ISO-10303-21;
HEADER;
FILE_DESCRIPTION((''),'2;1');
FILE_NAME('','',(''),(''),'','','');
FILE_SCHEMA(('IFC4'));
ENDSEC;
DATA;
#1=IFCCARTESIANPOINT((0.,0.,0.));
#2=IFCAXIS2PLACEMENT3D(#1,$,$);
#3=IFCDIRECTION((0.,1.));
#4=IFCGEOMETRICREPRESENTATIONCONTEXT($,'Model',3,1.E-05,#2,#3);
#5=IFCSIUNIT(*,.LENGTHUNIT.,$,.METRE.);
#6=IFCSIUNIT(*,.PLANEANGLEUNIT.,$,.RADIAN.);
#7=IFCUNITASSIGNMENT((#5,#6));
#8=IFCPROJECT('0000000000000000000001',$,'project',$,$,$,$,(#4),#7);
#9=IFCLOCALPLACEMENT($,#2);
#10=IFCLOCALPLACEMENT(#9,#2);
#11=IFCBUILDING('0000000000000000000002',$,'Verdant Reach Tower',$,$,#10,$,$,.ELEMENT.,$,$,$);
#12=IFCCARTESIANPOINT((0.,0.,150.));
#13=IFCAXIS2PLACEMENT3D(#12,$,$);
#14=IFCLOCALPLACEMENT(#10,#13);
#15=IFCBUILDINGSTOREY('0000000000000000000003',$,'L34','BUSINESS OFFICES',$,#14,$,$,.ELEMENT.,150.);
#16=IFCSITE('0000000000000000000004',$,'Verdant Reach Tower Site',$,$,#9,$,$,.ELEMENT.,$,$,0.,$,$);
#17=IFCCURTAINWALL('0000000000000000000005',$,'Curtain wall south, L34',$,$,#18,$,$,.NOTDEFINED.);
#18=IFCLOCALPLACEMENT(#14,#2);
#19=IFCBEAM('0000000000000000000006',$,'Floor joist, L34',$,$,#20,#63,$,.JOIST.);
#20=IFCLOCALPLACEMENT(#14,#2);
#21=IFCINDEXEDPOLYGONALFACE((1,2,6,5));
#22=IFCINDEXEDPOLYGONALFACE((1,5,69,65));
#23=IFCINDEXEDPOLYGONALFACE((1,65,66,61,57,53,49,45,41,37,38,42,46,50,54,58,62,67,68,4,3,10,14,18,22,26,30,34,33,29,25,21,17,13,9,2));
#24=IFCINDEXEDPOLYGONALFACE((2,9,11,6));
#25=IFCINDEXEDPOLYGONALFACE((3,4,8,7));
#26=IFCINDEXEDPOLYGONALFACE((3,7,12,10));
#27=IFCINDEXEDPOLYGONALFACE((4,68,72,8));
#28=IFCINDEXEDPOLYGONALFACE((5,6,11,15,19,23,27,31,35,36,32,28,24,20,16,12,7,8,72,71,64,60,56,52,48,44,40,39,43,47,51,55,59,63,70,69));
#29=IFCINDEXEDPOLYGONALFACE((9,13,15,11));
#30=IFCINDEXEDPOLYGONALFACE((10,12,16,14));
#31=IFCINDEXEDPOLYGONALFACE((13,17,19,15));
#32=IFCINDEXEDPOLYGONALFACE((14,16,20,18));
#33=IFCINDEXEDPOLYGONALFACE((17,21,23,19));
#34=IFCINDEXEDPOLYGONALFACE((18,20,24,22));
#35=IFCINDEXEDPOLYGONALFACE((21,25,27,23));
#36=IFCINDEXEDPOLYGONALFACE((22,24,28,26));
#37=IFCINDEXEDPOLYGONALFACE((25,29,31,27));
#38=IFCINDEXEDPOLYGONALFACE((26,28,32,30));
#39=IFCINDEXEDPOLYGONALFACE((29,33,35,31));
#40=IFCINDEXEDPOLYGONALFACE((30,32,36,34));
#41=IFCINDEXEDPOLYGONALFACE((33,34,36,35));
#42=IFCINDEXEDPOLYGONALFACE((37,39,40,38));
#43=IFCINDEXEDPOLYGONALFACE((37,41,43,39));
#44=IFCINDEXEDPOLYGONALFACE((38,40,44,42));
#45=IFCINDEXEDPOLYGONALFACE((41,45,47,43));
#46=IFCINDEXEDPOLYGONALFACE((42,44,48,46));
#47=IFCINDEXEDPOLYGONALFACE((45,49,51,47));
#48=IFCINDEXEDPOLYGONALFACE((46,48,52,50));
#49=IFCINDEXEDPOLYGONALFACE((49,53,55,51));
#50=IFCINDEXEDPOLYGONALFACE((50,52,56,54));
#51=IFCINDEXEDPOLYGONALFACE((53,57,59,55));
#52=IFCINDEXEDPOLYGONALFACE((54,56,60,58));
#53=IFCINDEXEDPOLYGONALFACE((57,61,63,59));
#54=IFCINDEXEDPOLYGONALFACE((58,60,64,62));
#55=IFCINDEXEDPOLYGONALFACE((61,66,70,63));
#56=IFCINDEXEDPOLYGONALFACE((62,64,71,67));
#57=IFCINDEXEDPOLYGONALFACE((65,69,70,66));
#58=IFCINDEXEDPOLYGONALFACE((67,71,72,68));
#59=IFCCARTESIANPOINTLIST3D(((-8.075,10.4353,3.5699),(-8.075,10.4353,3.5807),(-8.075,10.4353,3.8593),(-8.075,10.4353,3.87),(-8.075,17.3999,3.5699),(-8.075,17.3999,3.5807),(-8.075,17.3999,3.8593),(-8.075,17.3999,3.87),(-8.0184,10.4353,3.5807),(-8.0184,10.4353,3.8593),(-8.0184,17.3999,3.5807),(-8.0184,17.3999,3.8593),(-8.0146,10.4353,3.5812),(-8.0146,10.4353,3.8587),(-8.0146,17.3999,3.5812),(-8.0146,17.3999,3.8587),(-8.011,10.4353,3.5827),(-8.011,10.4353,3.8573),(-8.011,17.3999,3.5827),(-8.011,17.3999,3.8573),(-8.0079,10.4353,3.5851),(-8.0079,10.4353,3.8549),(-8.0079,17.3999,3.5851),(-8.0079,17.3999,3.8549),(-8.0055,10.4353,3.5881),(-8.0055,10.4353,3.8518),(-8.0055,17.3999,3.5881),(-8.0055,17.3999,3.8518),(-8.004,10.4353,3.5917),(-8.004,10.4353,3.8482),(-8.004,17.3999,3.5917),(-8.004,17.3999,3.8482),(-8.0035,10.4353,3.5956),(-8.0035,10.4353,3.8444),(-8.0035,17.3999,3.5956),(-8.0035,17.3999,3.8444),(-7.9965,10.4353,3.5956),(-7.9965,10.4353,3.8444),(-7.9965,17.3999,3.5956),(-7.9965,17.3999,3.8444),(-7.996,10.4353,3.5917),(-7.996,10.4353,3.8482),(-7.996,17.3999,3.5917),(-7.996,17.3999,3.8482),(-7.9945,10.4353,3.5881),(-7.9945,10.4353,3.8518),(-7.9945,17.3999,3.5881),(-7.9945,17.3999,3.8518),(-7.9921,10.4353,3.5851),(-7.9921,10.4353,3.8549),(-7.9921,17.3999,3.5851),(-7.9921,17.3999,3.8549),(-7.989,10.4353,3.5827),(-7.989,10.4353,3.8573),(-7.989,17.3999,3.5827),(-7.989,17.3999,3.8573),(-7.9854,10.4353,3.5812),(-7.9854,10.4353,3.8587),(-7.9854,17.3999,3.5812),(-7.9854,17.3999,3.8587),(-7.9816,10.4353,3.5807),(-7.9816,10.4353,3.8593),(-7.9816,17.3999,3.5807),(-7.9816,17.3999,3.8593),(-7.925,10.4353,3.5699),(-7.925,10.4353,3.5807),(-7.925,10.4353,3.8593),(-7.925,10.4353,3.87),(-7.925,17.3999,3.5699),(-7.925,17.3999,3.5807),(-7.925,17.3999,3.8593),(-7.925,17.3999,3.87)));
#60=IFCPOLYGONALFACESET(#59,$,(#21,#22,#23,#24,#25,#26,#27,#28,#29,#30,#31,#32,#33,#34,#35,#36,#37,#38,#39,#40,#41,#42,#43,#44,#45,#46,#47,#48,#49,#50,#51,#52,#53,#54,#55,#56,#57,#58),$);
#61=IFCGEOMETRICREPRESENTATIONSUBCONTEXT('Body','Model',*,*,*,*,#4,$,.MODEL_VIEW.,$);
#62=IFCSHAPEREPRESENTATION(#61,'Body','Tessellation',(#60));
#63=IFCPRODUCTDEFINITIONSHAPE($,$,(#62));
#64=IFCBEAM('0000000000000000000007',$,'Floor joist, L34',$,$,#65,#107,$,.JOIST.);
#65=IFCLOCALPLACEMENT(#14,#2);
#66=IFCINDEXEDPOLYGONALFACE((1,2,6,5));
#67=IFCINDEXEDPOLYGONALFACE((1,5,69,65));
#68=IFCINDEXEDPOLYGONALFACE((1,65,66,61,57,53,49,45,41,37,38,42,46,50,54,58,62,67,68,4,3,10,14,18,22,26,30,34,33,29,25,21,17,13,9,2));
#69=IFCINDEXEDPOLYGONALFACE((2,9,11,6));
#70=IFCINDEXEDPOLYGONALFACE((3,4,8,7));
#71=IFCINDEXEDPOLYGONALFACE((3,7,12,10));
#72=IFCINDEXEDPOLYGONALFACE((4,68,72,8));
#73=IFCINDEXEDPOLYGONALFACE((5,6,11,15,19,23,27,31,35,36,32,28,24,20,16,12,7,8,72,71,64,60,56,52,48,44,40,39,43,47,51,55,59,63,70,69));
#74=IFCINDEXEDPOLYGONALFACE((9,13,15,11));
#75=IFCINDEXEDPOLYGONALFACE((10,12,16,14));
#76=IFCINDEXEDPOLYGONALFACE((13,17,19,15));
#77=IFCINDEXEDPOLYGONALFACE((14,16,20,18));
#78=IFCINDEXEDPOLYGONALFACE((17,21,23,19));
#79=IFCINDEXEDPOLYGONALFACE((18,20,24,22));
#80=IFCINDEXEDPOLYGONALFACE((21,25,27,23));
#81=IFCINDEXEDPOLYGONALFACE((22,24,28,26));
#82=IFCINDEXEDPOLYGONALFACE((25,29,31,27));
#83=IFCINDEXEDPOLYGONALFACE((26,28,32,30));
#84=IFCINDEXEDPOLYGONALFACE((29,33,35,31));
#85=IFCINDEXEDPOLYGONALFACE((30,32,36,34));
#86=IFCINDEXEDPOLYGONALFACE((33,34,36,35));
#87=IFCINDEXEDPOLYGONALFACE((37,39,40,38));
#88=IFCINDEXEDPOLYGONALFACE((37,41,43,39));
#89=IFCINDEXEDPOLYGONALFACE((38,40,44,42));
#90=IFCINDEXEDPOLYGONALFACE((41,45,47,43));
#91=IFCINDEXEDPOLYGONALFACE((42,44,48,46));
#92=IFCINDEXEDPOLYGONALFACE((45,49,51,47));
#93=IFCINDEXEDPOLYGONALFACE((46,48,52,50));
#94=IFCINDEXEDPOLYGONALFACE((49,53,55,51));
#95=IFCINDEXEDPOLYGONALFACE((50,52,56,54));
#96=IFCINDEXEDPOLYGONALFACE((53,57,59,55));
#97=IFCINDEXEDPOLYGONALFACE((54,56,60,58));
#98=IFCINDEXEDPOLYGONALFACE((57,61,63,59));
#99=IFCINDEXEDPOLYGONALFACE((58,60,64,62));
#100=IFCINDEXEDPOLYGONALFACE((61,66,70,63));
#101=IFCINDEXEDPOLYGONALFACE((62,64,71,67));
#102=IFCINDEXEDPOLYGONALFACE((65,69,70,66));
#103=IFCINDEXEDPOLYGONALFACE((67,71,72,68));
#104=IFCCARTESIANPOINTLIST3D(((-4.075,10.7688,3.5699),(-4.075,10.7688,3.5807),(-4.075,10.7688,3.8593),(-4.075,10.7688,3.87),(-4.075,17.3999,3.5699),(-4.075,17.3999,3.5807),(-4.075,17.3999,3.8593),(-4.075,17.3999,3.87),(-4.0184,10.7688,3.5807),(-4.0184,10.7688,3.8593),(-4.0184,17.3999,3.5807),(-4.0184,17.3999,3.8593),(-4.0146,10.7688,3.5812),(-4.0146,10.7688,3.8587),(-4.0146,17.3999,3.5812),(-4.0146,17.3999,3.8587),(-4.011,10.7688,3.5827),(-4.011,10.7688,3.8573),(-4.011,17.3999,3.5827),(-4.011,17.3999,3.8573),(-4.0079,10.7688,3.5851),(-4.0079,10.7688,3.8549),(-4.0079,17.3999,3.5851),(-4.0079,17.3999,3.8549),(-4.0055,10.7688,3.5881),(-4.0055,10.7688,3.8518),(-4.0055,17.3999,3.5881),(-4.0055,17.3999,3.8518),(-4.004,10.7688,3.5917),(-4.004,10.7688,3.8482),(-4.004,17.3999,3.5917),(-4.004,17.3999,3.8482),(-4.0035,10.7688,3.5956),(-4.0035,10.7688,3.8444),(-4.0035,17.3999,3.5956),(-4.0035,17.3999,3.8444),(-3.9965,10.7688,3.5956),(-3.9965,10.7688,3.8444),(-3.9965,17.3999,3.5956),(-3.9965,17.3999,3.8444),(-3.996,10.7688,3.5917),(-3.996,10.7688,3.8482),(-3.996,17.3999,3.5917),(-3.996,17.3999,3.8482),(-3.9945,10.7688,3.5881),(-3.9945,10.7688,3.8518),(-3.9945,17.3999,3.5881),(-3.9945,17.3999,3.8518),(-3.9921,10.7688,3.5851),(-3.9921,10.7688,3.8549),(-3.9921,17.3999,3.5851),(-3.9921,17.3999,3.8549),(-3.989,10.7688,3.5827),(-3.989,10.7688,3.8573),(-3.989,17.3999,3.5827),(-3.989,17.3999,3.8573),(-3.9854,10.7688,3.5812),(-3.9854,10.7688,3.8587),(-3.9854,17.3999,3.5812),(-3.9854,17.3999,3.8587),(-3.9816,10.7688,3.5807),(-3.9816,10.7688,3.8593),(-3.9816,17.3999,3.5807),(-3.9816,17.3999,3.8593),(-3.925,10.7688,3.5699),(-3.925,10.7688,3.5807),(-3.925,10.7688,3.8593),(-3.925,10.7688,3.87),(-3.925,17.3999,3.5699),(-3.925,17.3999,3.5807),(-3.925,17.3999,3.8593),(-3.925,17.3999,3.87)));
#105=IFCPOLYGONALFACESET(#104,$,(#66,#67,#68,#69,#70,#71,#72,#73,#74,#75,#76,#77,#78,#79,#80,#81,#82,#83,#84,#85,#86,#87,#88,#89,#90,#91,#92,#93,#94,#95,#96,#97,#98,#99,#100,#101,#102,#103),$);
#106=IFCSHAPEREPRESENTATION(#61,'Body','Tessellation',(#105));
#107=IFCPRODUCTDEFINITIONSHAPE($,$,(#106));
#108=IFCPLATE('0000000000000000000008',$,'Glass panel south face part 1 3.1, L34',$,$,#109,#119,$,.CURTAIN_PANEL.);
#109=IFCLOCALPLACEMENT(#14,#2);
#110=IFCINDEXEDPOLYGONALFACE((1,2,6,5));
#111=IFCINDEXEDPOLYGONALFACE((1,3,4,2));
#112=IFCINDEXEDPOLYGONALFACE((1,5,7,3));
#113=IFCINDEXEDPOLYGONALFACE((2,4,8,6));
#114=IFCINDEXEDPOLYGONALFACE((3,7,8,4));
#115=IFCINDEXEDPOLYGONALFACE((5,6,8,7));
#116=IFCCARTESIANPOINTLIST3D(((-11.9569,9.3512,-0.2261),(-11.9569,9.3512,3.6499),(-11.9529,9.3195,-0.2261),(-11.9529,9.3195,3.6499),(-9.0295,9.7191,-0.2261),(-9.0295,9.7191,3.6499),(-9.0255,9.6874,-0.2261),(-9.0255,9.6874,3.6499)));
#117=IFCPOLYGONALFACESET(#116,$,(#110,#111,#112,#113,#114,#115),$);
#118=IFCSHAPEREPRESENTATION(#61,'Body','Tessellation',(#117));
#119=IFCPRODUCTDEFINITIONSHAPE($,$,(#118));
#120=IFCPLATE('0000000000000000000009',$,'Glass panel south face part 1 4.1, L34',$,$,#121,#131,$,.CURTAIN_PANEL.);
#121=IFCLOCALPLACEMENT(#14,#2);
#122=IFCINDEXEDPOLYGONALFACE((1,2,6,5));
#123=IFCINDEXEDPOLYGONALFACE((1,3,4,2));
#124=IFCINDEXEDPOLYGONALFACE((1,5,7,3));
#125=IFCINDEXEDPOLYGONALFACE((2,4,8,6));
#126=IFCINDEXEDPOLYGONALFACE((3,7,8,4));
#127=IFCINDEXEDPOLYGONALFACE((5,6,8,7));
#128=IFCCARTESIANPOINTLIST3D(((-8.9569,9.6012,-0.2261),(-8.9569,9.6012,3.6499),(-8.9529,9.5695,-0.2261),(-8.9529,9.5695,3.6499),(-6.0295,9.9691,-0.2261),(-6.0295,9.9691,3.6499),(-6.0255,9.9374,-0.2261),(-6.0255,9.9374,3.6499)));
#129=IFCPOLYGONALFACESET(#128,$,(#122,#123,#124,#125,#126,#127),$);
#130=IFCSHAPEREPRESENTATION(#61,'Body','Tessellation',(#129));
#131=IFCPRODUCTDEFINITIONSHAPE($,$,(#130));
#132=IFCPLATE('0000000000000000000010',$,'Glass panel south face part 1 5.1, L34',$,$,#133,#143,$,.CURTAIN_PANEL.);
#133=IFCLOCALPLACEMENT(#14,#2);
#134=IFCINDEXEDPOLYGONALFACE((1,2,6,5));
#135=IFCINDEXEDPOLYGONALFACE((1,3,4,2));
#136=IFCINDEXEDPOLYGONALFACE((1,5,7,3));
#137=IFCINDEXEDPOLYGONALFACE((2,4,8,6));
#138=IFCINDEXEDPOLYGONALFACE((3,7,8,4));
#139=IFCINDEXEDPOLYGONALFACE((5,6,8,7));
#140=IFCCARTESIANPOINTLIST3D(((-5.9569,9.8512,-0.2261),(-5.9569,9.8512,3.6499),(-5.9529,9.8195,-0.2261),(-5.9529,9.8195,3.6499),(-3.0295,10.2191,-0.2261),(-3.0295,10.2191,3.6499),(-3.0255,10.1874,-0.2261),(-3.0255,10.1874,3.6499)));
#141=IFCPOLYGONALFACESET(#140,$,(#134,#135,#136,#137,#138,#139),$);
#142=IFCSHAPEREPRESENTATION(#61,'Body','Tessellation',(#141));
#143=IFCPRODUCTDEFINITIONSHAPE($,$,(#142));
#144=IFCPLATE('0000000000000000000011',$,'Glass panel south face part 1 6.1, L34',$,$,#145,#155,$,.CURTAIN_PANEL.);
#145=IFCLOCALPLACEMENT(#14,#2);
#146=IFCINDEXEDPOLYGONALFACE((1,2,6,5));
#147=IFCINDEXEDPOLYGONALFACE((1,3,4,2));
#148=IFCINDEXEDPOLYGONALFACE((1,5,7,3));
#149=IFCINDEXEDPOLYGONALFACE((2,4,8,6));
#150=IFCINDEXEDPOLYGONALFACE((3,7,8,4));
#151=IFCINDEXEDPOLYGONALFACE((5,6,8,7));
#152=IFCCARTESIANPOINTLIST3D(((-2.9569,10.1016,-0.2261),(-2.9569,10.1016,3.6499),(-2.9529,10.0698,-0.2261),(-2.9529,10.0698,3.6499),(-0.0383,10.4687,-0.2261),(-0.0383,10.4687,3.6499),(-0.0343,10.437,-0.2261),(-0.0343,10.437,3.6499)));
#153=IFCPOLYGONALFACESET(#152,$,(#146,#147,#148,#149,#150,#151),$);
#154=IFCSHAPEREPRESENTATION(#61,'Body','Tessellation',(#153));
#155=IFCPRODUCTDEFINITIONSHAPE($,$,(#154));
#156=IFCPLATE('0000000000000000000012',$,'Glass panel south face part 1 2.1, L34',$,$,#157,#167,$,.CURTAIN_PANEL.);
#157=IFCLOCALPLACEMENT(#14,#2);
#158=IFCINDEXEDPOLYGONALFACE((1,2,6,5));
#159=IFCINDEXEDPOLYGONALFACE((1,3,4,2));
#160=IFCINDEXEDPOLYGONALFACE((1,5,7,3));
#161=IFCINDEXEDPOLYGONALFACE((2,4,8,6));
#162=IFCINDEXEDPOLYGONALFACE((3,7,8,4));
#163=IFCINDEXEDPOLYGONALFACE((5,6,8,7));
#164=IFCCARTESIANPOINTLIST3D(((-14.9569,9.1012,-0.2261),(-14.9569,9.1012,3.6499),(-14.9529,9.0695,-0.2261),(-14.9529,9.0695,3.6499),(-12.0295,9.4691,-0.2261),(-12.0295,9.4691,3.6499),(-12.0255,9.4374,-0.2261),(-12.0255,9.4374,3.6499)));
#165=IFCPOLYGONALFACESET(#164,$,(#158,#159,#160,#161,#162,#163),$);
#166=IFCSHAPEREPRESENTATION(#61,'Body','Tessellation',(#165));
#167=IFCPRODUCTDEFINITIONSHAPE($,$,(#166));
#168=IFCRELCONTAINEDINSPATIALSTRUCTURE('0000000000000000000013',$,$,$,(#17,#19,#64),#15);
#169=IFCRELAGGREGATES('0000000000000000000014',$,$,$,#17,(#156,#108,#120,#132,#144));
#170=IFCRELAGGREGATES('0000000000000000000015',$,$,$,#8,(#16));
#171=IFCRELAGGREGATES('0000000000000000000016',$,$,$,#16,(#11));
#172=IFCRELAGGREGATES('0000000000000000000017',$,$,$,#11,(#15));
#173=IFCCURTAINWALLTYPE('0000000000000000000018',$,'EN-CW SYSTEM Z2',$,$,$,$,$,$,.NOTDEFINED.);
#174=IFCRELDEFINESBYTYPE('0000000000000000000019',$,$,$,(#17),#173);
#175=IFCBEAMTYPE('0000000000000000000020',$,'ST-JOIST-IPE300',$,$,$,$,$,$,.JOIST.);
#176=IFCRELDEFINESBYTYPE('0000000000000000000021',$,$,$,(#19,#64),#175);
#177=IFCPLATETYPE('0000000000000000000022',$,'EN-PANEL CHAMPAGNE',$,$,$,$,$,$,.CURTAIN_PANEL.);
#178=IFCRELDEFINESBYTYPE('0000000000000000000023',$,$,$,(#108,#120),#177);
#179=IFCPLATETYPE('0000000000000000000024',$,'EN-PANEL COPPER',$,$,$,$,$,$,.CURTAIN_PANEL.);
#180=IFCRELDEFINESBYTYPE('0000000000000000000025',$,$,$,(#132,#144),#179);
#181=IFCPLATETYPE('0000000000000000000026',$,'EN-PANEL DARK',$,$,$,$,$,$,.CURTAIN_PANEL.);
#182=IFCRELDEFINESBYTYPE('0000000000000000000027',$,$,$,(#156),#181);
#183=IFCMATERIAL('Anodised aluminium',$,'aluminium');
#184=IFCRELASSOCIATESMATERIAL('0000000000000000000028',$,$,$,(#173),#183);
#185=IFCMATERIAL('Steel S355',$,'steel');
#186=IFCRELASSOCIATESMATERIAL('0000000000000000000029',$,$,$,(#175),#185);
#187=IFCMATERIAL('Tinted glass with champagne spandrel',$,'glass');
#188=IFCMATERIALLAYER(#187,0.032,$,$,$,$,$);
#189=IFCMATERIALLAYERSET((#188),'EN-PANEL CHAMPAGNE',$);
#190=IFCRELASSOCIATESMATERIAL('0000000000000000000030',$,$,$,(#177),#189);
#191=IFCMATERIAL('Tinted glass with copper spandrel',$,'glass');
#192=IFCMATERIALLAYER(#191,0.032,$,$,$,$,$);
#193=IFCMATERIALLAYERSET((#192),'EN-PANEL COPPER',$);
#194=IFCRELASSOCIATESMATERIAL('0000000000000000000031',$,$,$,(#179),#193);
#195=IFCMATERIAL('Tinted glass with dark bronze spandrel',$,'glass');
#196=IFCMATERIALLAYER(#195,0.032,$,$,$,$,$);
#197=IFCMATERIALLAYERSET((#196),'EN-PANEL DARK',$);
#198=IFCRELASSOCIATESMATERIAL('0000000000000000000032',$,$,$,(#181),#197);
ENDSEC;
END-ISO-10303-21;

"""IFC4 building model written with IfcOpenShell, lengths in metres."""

from ifc_helpers import new_model, si_unit, direction, frame, origin, origin_2d, place, context, subcontext, project, spatial, rectangle, i_section, extrude, material, layer, layer_set, material_profile, profile_set, type_object, element, aggregate, save


model = new_model("IFC4")

# Units and contexts
model_context = context("Model", 3, precision=1e-05, world=origin(), true_north=direction((0.0, 1.0)))
body_context = subcontext(model_context, "Body", "Model", "MODEL_VIEW")
ifc_project = project(units=[si_unit("LENGTHUNIT", "METRE"), si_unit("PLANEANGLEUNIT", "RADIAN")], contexts=[model_context])

# Site, building, storey
site_placement = place(None, origin())
site = spatial("IfcSite", under=ifc_project, at=site_placement, Name="Verdant Reach Tower Site", CompositionType="ELEMENT", RefElevation=0.0)
building_placement = place(site_placement, origin())
building = spatial("IfcBuilding", under=site, at=building_placement, Name="Verdant Reach Tower", CompositionType="ELEMENT")
storey_placement = place(building_placement, frame((0.0, 0.0, 150.0)))
storey = spatial("IfcBuildingStorey", under=building, at=storey_placement, Name="L34", Description="BUSINESS OFFICES", CompositionType="ELEMENT", Elevation=150.0)

# Curtain wall
ifc_material_1 = material(Name="Anodised aluminium", Category="aluminium")
curtain_wall_type = type_object("IfcCurtainWallType", Name="EN-CW SYSTEM Z2", PredefinedType="NOTDEFINED", material=ifc_material_1)
curtain_wall_placement = place(storey_placement, origin())
curtain_wall = element("IfcCurtainWall", 1, at=curtain_wall_placement, inside=storey, type_object=curtain_wall_type, Name="Curtain wall south, L34", PredefinedType="NOTDEFINED")

# Beams
ifc_material_2 = material(Name="Steel S355", Category="steel")
ifc_material_profile_1 = material_profile(ifc_material_2, i_section(OverallWidth=0.1499, OverallDepth=0.3, WebThickness=0.0071, FlangeThickness=0.0107, FilletRadius=0.0149, at=origin_2d()), Name="IPE 300")
ifc_profile_set_1 = profile_set([ifc_material_profile_1], Name="Steel S355")
beam_type_1 = type_object("IfcBeamType", Name="ST-JOIST-IPE300", PredefinedType="JOIST", material=ifc_profile_set_1)
beam_1_placement = place(storey_placement, frame((-8.0, 17.3999, 3.72), z_axis=(0.0, -1.0, 0.0), x_axis=(1.0, 0.0, 0.0)))
element("IfcBeam", 2, at=beam_1_placement, inside=storey, type_object=beam_type_1, Name="Floor joist, L34", PredefinedType="JOIST", context=body_context, shape_type="SweptSolid", body=[
    extrude(i_section(OverallWidth=0.1499, OverallDepth=0.3, WebThickness=0.0071, FlangeThickness=0.0107, FilletRadius=0.0149, at=origin_2d()), origin(), (0.0, 0.0, 1.0), 6.9646),
])
beam_2_placement = place(storey_placement, frame((-4.0, 17.3999, 3.72), z_axis=(0.0, -1.0, 0.0), x_axis=(1.0, 0.0, 0.0)))
element("IfcBeam", 3, at=beam_2_placement, inside=storey, type_object=beam_type_1, Name="Floor joist, L34", PredefinedType="JOIST", context=body_context, shape_type="SweptSolid", body=[
    extrude(i_section(OverallWidth=0.1499, OverallDepth=0.3, WebThickness=0.0071, FlangeThickness=0.0107, FilletRadius=0.0149, at=origin_2d()), origin(), (0.0, 0.0, 1.0), 6.6311),
])

# Plates
ifc_material_3 = material(Name="Tinted glass with champagne spandrel", Category="glass")
ifc_layer_1 = layer(ifc_material_3, 0.032)
ifc_layer_set_1 = layer_set([ifc_layer_1], Name="EN-PANEL CHAMPAGNE")
plate_type_1 = type_object("IfcPlateType", Name="EN-PANEL CHAMPAGNE", PredefinedType="CURTAIN_PANEL", material=ifc_layer_set_1)
plate_1_placement = place(storey_placement, frame((-10.4912, 9.5193, -0.2261), z_axis=(0.0, 0.0, 1.0), x_axis=(0.992194, 0.124704, 0.0)))
plate_1 = element("IfcPlate", 4, at=plate_1_placement, type_object=plate_type_1, Name="Glass panel south face part 1 3.1, L34", PredefinedType="CURTAIN_PANEL", context=body_context, shape_type="SweptSolid", body=[
    extrude(rectangle(XDim=2.9504, YDim=0.032, at=origin_2d()), origin(), (0.0, 0.0, 1.0), 3.876),
])
plate_2_placement = place(storey_placement, frame((-7.4912, 9.7693, -0.2261), z_axis=(0.0, 0.0, 1.0), x_axis=(0.992194, 0.124704, 0.0)))
plate_2 = element("IfcPlate", 5, at=plate_2_placement, type_object=plate_type_1, Name="Glass panel south face part 1 4.1, L34", PredefinedType="CURTAIN_PANEL", context=body_context, shape_type="SweptSolid", body=[
    extrude(rectangle(XDim=2.9504, YDim=0.032, at=origin_2d()), origin(), (0.0, 0.0, 1.0), 3.876),
])
ifc_material_4 = material(Name="Tinted glass with copper spandrel", Category="glass")
ifc_layer_2 = layer(ifc_material_4, 0.032)
ifc_layer_set_2 = layer_set([ifc_layer_2], Name="EN-PANEL COPPER")
plate_type_2 = type_object("IfcPlateType", Name="EN-PANEL COPPER", PredefinedType="CURTAIN_PANEL", material=ifc_layer_set_2)
plate_3_placement = place(storey_placement, frame((-4.4912, 10.0193, -0.2261), z_axis=(0.0, 0.0, 1.0), x_axis=(0.992194, 0.124704, 0.0)))
plate_3 = element("IfcPlate", 6, at=plate_3_placement, type_object=plate_type_2, Name="Glass panel south face part 1 5.1, L34", PredefinedType="CURTAIN_PANEL", context=body_context, shape_type="SweptSolid", body=[
    extrude(rectangle(XDim=2.9504, YDim=0.032, at=origin_2d()), origin(), (0.0, 0.0, 1.0), 3.876),
])
plate_4_placement = place(storey_placement, frame((-1.4956, 10.2693, -0.2261), z_axis=(0.0, 0.0, 1.0), x_axis=(0.992179, 0.124825, 0.0)))
plate_4 = element("IfcPlate", 7, at=plate_4_placement, type_object=plate_type_2, Name="Glass panel south face part 1 6.1, L34", PredefinedType="CURTAIN_PANEL", context=body_context, shape_type="SweptSolid", body=[
    extrude(rectangle(XDim=2.9417, YDim=0.032, at=origin_2d()), origin(), (0.0, 0.0, 1.0), 3.876),
])
ifc_material_5 = material(Name="Tinted glass with dark bronze spandrel", Category="glass")
ifc_layer_3 = layer(ifc_material_5, 0.032)
ifc_layer_set_3 = layer_set([ifc_layer_3], Name="EN-PANEL DARK")
plate_type_3 = type_object("IfcPlateType", Name="EN-PANEL DARK", PredefinedType="CURTAIN_PANEL", material=ifc_layer_set_3)
plate_5_placement = place(storey_placement, frame((-13.4912, 9.2693, -0.2261), z_axis=(0.0, 0.0, 1.0), x_axis=(0.992194, 0.124704, 0.0)))
plate_5 = element("IfcPlate", 8, at=plate_5_placement, type_object=plate_type_3, Name="Glass panel south face part 1 2.1, L34", PredefinedType="CURTAIN_PANEL", context=body_context, shape_type="SweptSolid", body=[
    extrude(rectangle(XDim=2.9504, YDim=0.032, at=origin_2d()), origin(), (0.0, 0.0, 1.0), 3.876),
])
aggregate(curtain_wall, [plate_5, plate_1, plate_2, plate_3, plate_4])

save(model, "model.ifc")
